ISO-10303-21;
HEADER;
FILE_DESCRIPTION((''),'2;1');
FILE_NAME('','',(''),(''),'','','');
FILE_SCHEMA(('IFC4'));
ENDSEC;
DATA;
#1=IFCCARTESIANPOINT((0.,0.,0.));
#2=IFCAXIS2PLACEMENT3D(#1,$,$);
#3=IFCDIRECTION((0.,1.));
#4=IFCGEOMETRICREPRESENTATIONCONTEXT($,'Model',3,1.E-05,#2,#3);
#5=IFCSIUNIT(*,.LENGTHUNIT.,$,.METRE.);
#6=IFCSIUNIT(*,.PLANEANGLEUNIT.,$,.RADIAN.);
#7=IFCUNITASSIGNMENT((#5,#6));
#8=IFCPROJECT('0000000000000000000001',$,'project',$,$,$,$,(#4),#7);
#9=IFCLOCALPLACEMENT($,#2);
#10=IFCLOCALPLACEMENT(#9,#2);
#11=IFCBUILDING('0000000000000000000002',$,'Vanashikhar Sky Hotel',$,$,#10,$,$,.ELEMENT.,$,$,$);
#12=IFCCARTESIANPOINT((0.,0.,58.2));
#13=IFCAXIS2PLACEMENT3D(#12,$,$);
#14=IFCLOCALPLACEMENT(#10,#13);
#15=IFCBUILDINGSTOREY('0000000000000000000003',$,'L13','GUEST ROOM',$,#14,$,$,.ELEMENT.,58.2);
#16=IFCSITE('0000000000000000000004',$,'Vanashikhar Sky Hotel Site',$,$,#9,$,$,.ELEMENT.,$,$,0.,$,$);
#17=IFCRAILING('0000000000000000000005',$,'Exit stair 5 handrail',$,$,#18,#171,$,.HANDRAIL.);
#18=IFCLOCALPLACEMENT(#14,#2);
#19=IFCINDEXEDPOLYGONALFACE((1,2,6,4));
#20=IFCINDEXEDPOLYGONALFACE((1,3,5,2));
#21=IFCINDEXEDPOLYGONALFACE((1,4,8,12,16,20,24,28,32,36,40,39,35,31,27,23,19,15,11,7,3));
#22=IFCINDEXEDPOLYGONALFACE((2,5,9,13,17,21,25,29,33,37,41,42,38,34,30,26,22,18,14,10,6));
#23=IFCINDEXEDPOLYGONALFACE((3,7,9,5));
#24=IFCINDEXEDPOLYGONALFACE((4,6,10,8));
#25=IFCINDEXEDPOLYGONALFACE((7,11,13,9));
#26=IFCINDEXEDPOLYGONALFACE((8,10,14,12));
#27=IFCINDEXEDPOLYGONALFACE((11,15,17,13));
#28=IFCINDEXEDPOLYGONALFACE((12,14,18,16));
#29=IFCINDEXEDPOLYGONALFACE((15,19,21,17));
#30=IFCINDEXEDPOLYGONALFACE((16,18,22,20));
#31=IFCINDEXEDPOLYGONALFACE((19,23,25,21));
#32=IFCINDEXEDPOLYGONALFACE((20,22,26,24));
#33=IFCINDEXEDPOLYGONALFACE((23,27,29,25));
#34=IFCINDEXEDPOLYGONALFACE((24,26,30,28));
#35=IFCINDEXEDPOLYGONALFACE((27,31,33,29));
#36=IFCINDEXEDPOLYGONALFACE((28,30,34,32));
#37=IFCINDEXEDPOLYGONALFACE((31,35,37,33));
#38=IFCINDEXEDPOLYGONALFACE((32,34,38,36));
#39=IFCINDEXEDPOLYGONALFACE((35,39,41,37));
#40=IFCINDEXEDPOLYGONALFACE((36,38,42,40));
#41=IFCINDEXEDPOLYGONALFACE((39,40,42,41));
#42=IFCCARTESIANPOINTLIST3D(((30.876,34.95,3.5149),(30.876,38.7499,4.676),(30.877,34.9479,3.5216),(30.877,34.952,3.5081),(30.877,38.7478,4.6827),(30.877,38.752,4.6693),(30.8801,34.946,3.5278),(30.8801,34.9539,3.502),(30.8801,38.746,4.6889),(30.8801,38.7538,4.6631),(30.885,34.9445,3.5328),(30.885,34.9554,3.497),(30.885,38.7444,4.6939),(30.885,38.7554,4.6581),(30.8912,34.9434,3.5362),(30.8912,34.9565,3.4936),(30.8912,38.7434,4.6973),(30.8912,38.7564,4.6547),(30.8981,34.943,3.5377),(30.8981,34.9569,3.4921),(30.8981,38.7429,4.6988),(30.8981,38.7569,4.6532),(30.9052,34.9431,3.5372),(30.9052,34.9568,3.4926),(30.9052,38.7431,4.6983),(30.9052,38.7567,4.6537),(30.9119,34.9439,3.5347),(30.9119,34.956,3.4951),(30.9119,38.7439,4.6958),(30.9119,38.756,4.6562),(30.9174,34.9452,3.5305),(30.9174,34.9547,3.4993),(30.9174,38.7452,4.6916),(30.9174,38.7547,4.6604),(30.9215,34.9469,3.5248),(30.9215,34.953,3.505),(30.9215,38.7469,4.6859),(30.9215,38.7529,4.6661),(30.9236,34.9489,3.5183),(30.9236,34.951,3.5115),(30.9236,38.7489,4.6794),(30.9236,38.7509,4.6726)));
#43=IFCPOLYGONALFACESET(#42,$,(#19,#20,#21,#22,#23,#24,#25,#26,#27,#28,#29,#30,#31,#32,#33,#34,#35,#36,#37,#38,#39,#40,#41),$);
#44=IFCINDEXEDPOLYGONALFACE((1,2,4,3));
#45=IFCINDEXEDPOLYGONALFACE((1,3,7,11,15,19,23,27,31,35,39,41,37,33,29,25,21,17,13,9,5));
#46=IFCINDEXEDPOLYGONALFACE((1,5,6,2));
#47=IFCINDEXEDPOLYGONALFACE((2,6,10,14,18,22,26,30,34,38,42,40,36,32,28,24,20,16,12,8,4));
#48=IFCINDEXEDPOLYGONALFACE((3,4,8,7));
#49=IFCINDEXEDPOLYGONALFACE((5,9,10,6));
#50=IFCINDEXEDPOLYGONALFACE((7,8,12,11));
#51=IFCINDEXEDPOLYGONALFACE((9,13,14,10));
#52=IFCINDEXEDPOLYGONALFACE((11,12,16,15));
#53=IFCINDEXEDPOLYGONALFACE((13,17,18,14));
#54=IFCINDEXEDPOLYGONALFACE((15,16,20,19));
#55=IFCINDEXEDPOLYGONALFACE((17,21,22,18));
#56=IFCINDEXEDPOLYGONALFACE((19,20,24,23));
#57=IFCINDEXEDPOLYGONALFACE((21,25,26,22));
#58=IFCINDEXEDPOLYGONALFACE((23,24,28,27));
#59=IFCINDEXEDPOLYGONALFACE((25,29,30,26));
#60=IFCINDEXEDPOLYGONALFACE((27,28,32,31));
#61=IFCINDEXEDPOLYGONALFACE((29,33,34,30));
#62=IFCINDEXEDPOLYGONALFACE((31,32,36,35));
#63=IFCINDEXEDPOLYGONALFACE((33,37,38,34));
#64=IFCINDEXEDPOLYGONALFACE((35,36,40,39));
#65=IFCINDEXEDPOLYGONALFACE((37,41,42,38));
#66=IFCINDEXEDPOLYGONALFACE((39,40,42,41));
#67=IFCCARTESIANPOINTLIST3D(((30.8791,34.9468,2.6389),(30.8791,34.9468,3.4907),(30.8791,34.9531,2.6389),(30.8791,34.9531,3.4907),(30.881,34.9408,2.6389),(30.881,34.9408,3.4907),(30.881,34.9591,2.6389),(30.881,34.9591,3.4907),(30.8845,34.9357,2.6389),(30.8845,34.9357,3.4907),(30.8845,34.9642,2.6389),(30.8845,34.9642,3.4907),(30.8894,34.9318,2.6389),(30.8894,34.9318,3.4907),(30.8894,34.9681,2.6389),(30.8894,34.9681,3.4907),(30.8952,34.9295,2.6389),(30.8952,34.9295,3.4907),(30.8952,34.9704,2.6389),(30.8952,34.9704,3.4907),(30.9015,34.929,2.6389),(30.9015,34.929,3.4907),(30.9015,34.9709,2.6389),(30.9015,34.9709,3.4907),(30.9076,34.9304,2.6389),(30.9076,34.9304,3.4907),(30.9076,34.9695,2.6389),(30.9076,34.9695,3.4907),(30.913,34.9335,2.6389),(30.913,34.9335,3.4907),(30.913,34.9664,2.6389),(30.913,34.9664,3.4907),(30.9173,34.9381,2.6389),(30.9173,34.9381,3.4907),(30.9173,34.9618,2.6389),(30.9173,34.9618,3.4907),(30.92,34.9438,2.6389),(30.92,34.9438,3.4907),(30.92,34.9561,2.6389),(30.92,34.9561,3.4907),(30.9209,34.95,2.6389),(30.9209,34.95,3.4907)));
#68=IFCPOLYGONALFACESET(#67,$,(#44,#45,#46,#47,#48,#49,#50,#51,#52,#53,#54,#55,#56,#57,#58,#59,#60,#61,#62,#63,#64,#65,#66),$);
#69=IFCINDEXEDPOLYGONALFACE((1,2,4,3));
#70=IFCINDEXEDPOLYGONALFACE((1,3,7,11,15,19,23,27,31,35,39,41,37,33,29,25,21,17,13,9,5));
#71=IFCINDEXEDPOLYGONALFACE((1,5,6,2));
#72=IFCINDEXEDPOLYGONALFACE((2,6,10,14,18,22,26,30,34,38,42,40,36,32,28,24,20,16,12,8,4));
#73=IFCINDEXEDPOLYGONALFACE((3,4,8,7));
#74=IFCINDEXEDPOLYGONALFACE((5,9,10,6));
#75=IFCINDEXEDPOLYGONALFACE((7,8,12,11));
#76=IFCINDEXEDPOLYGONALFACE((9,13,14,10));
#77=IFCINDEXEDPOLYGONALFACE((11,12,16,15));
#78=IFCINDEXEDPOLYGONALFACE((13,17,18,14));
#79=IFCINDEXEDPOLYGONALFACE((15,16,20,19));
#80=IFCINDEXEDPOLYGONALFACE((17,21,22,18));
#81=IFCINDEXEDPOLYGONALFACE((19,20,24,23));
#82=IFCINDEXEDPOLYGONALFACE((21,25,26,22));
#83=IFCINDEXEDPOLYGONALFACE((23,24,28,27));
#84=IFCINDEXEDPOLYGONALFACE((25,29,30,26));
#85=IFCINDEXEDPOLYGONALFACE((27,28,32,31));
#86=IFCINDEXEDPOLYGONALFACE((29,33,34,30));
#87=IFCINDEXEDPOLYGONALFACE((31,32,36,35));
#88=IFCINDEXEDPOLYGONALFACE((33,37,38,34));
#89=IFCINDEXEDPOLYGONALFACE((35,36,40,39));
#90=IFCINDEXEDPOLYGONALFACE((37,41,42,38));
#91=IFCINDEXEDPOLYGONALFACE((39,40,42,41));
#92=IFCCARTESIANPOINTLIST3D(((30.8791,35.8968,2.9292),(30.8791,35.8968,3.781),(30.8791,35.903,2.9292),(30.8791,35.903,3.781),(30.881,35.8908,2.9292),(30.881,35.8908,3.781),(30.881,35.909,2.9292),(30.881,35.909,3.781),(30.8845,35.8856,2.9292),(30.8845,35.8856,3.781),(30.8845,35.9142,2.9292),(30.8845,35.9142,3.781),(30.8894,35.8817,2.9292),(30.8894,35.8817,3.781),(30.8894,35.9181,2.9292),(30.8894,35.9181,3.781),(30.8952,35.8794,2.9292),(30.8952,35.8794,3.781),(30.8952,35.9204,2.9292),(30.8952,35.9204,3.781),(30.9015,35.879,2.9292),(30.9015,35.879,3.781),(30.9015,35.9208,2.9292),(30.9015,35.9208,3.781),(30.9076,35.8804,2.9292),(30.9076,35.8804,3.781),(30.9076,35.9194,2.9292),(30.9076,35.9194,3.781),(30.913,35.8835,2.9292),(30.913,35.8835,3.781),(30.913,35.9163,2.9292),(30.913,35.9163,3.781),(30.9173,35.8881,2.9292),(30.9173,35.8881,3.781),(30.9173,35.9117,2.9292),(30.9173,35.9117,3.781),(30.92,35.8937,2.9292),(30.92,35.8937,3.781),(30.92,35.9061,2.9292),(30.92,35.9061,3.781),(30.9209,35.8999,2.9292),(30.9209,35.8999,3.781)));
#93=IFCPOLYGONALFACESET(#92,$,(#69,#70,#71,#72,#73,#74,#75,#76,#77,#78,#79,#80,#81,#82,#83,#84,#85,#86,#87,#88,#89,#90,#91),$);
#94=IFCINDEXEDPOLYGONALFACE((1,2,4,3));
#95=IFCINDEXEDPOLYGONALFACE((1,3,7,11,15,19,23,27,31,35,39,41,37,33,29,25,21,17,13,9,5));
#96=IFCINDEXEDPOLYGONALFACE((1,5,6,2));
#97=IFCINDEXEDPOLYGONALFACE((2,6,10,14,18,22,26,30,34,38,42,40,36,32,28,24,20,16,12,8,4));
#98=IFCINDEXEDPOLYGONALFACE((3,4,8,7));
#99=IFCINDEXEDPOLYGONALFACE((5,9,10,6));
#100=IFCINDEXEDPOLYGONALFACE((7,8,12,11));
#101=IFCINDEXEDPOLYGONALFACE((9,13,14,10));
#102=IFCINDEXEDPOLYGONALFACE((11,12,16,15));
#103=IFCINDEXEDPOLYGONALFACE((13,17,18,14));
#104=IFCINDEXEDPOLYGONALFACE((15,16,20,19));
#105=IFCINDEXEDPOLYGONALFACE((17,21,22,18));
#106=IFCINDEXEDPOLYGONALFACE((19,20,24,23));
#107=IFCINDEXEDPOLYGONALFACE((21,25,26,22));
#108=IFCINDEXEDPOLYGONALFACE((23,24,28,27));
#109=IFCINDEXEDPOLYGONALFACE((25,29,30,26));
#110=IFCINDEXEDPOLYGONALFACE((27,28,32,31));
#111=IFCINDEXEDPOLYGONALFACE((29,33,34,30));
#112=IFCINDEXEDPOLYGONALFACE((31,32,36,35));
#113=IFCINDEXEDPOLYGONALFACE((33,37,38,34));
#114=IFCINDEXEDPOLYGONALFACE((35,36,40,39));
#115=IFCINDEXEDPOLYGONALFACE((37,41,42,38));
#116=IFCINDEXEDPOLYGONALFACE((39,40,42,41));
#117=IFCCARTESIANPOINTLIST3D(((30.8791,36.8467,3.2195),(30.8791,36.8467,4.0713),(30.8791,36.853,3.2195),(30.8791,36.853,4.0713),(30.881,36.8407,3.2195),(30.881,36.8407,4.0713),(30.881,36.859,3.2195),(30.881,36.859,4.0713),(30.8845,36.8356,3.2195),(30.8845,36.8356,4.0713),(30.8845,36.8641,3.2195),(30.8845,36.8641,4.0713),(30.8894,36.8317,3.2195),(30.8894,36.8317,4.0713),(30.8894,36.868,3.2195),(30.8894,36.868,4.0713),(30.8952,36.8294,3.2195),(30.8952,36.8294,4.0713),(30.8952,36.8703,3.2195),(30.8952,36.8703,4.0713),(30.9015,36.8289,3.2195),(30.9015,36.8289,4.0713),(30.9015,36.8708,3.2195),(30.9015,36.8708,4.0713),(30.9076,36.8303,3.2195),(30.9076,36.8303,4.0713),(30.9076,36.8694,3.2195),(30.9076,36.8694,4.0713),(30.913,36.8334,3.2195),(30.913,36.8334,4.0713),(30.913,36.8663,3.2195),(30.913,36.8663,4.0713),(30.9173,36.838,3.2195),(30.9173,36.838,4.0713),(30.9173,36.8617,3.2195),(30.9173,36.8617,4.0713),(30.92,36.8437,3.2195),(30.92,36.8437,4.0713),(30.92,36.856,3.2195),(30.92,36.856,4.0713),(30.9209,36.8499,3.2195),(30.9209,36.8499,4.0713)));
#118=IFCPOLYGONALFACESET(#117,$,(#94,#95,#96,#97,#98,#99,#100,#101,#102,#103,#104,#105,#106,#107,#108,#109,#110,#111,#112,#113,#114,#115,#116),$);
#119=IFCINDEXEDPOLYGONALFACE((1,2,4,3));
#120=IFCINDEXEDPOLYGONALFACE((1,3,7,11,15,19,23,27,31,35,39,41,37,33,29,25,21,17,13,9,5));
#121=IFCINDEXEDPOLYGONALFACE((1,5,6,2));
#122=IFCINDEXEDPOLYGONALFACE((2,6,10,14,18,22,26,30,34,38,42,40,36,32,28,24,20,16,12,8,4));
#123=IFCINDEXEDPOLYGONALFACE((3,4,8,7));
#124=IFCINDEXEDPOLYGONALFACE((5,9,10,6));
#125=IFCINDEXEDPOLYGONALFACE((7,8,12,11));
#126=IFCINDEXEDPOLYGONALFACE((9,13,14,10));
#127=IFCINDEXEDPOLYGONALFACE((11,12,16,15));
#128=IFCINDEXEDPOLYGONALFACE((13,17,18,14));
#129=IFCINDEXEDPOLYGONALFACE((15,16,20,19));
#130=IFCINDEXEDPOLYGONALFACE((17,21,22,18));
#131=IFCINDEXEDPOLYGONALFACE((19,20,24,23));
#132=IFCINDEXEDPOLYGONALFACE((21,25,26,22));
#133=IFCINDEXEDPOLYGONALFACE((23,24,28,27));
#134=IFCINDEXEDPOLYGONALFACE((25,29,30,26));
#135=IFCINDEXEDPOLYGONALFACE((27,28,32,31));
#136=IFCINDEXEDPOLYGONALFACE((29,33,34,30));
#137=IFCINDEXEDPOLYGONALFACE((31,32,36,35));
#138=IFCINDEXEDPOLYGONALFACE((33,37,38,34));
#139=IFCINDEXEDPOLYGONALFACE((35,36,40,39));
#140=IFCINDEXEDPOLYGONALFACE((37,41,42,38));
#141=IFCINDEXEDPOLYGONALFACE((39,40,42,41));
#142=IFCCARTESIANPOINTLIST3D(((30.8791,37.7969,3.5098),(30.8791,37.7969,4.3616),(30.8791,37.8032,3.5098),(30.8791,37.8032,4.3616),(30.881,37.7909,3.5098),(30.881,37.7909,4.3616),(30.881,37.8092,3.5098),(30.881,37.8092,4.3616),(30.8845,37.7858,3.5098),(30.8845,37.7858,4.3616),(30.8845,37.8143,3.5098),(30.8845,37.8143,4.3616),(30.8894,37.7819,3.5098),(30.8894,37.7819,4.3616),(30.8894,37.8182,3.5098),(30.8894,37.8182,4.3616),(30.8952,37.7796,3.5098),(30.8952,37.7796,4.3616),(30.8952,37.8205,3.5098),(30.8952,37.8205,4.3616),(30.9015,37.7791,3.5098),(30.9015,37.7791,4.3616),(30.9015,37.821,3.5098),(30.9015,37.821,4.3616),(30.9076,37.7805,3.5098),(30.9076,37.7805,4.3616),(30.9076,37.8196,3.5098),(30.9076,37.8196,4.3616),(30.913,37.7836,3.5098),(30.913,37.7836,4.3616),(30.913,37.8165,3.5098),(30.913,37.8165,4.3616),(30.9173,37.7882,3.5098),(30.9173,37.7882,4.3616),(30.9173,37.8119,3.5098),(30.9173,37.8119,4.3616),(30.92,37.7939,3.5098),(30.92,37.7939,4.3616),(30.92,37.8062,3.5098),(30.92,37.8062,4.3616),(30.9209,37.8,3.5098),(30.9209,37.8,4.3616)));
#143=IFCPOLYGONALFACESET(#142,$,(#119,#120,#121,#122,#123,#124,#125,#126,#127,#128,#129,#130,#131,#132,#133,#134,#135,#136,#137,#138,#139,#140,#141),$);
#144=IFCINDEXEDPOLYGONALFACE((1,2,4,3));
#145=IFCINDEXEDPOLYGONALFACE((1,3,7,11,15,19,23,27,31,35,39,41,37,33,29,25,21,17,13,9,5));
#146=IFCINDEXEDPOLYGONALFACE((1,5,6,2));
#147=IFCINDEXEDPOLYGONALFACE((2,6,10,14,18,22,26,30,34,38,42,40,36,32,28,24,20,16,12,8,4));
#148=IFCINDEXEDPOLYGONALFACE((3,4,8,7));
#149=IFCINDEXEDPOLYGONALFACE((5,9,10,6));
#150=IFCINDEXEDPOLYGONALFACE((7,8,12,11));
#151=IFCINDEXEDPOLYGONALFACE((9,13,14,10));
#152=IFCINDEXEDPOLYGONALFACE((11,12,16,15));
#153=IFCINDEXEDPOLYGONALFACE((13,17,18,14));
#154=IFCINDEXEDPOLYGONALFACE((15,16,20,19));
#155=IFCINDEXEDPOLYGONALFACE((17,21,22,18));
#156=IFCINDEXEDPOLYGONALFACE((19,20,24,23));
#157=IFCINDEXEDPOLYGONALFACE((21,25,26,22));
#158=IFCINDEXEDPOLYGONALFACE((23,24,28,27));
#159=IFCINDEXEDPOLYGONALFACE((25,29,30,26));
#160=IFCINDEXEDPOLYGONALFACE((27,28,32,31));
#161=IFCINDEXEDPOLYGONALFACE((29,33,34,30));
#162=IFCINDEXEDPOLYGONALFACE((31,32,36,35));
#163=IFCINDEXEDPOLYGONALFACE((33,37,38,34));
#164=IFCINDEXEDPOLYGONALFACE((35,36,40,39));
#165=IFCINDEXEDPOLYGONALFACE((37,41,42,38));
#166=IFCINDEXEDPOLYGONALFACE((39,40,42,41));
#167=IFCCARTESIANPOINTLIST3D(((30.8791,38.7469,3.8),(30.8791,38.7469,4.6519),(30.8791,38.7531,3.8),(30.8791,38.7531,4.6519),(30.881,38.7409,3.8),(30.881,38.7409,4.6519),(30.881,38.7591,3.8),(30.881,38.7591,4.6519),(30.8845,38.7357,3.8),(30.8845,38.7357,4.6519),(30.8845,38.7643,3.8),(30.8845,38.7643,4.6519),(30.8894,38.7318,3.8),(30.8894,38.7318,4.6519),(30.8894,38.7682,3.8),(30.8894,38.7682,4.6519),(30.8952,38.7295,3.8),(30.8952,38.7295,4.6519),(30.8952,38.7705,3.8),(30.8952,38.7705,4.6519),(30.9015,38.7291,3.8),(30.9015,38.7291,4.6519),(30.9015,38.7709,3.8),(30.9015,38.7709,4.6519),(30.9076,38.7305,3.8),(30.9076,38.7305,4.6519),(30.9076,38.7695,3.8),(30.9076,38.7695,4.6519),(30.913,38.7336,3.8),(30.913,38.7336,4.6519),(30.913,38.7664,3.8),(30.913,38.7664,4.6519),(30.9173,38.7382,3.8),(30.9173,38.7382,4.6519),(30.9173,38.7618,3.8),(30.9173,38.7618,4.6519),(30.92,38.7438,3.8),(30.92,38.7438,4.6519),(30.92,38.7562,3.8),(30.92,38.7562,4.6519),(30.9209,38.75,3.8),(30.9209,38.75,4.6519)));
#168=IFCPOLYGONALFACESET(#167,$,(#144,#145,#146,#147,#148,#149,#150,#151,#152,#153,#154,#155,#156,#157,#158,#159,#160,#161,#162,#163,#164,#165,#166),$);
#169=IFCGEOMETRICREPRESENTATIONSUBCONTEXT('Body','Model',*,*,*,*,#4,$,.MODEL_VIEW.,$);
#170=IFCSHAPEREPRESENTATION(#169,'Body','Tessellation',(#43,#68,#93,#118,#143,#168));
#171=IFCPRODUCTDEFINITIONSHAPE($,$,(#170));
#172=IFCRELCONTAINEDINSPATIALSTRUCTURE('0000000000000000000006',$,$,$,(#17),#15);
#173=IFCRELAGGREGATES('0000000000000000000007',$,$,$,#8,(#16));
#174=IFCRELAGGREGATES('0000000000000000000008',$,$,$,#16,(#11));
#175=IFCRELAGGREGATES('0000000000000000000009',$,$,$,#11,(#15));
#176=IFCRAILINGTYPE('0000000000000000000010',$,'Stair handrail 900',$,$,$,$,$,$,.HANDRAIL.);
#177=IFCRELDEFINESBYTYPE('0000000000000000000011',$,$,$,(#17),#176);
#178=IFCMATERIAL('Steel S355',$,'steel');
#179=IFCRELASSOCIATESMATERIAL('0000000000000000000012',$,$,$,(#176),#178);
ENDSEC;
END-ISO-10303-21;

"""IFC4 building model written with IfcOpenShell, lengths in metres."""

from ifc_helpers import new_model, si_unit, direction, frame, origin, origin_2d, place, context, subcontext, project, spatial, circle, extrude, source, transform, mapped, material, type_object, element, save


model = new_model("IFC4")

# Units and contexts
model_context = context("Model", 3, precision=1e-05, world=origin(), true_north=direction((0.0, 1.0)))
body_context = subcontext(model_context, "Body", "Model", "MODEL_VIEW")
ifc_project = project(units=[si_unit("LENGTHUNIT", "METRE"), si_unit("PLANEANGLEUNIT", "RADIAN")], contexts=[model_context])

# Site, building, storey
site_placement = place(None, origin())
site = spatial("IfcSite", under=ifc_project, at=site_placement, Name="Vanashikhar Sky Hotel Site", CompositionType="ELEMENT", RefElevation=0.0)
building_placement = place(site_placement, origin())
building = spatial("IfcBuilding", under=site, at=building_placement, Name="Vanashikhar Sky Hotel", CompositionType="ELEMENT")
storey_placement = place(building_placement, frame((0.0, 0.0, 58.2)))
storey = spatial("IfcBuildingStorey", under=building, at=storey_placement, Name="L13", Description="GUEST ROOM", CompositionType="ELEMENT", Elevation=58.2)

# Railing
ifc_material_1 = material(Name="Steel S355", Category="steel")
railing_type_1 = type_object("IfcRailingType", Name="Stair handrail 900", PredefinedType="HANDRAIL", material=ifc_material_1)
shared_shape_1 = source(origin(), body_context, "Body", "SweptSolid", [
    extrude(circle(Radius=0.0239, at=origin_2d()), frame((0.0, 0.0, 0.876), z_axis=(0.0, 0.956351, 0.29222), x_axis=(-1.0, 0.0, 0.0)), (0.0, 0.0, 1.0), 3.9734),
    extrude(circle(Radius=0.021, at=origin_2d()), origin(), (0.0, 0.0, 1.0), 0.8518),
    extrude(circle(Radius=0.021, at=origin_2d()), frame((0.0, 0.95, 0.2903)), (0.0, 0.0, 1.0), 0.8518),
    extrude(circle(Radius=0.021, at=origin_2d()), frame((0.0, 1.8999, 0.5806)), (0.0, 0.0, 1.0), 0.8518),
    extrude(circle(Radius=0.021, at=origin_2d()), frame((0.0, 2.8501, 0.8708)), (0.0, 0.0, 1.0), 0.8518),
    extrude(circle(Radius=0.021, at=origin_2d()), frame((0.0, 3.8, 1.1611)), (0.0, 0.0, 1.0), 0.8518),
])
railing_1_placement = place(storey_placement, frame((30.8999, 34.95, 2.6389)))
element("IfcRailing", 1, at=railing_1_placement, inside=storey, type_object=railing_type_1, Name="Exit stair 5 handrail", PredefinedType="HANDRAIL", context=body_context, shape_type="MappedRepresentation", body=[
    mapped(shared_shape_1, transform((0.0, 0.0, 0.0), scale=1.0)),
])

save(model, "model.ifc")
